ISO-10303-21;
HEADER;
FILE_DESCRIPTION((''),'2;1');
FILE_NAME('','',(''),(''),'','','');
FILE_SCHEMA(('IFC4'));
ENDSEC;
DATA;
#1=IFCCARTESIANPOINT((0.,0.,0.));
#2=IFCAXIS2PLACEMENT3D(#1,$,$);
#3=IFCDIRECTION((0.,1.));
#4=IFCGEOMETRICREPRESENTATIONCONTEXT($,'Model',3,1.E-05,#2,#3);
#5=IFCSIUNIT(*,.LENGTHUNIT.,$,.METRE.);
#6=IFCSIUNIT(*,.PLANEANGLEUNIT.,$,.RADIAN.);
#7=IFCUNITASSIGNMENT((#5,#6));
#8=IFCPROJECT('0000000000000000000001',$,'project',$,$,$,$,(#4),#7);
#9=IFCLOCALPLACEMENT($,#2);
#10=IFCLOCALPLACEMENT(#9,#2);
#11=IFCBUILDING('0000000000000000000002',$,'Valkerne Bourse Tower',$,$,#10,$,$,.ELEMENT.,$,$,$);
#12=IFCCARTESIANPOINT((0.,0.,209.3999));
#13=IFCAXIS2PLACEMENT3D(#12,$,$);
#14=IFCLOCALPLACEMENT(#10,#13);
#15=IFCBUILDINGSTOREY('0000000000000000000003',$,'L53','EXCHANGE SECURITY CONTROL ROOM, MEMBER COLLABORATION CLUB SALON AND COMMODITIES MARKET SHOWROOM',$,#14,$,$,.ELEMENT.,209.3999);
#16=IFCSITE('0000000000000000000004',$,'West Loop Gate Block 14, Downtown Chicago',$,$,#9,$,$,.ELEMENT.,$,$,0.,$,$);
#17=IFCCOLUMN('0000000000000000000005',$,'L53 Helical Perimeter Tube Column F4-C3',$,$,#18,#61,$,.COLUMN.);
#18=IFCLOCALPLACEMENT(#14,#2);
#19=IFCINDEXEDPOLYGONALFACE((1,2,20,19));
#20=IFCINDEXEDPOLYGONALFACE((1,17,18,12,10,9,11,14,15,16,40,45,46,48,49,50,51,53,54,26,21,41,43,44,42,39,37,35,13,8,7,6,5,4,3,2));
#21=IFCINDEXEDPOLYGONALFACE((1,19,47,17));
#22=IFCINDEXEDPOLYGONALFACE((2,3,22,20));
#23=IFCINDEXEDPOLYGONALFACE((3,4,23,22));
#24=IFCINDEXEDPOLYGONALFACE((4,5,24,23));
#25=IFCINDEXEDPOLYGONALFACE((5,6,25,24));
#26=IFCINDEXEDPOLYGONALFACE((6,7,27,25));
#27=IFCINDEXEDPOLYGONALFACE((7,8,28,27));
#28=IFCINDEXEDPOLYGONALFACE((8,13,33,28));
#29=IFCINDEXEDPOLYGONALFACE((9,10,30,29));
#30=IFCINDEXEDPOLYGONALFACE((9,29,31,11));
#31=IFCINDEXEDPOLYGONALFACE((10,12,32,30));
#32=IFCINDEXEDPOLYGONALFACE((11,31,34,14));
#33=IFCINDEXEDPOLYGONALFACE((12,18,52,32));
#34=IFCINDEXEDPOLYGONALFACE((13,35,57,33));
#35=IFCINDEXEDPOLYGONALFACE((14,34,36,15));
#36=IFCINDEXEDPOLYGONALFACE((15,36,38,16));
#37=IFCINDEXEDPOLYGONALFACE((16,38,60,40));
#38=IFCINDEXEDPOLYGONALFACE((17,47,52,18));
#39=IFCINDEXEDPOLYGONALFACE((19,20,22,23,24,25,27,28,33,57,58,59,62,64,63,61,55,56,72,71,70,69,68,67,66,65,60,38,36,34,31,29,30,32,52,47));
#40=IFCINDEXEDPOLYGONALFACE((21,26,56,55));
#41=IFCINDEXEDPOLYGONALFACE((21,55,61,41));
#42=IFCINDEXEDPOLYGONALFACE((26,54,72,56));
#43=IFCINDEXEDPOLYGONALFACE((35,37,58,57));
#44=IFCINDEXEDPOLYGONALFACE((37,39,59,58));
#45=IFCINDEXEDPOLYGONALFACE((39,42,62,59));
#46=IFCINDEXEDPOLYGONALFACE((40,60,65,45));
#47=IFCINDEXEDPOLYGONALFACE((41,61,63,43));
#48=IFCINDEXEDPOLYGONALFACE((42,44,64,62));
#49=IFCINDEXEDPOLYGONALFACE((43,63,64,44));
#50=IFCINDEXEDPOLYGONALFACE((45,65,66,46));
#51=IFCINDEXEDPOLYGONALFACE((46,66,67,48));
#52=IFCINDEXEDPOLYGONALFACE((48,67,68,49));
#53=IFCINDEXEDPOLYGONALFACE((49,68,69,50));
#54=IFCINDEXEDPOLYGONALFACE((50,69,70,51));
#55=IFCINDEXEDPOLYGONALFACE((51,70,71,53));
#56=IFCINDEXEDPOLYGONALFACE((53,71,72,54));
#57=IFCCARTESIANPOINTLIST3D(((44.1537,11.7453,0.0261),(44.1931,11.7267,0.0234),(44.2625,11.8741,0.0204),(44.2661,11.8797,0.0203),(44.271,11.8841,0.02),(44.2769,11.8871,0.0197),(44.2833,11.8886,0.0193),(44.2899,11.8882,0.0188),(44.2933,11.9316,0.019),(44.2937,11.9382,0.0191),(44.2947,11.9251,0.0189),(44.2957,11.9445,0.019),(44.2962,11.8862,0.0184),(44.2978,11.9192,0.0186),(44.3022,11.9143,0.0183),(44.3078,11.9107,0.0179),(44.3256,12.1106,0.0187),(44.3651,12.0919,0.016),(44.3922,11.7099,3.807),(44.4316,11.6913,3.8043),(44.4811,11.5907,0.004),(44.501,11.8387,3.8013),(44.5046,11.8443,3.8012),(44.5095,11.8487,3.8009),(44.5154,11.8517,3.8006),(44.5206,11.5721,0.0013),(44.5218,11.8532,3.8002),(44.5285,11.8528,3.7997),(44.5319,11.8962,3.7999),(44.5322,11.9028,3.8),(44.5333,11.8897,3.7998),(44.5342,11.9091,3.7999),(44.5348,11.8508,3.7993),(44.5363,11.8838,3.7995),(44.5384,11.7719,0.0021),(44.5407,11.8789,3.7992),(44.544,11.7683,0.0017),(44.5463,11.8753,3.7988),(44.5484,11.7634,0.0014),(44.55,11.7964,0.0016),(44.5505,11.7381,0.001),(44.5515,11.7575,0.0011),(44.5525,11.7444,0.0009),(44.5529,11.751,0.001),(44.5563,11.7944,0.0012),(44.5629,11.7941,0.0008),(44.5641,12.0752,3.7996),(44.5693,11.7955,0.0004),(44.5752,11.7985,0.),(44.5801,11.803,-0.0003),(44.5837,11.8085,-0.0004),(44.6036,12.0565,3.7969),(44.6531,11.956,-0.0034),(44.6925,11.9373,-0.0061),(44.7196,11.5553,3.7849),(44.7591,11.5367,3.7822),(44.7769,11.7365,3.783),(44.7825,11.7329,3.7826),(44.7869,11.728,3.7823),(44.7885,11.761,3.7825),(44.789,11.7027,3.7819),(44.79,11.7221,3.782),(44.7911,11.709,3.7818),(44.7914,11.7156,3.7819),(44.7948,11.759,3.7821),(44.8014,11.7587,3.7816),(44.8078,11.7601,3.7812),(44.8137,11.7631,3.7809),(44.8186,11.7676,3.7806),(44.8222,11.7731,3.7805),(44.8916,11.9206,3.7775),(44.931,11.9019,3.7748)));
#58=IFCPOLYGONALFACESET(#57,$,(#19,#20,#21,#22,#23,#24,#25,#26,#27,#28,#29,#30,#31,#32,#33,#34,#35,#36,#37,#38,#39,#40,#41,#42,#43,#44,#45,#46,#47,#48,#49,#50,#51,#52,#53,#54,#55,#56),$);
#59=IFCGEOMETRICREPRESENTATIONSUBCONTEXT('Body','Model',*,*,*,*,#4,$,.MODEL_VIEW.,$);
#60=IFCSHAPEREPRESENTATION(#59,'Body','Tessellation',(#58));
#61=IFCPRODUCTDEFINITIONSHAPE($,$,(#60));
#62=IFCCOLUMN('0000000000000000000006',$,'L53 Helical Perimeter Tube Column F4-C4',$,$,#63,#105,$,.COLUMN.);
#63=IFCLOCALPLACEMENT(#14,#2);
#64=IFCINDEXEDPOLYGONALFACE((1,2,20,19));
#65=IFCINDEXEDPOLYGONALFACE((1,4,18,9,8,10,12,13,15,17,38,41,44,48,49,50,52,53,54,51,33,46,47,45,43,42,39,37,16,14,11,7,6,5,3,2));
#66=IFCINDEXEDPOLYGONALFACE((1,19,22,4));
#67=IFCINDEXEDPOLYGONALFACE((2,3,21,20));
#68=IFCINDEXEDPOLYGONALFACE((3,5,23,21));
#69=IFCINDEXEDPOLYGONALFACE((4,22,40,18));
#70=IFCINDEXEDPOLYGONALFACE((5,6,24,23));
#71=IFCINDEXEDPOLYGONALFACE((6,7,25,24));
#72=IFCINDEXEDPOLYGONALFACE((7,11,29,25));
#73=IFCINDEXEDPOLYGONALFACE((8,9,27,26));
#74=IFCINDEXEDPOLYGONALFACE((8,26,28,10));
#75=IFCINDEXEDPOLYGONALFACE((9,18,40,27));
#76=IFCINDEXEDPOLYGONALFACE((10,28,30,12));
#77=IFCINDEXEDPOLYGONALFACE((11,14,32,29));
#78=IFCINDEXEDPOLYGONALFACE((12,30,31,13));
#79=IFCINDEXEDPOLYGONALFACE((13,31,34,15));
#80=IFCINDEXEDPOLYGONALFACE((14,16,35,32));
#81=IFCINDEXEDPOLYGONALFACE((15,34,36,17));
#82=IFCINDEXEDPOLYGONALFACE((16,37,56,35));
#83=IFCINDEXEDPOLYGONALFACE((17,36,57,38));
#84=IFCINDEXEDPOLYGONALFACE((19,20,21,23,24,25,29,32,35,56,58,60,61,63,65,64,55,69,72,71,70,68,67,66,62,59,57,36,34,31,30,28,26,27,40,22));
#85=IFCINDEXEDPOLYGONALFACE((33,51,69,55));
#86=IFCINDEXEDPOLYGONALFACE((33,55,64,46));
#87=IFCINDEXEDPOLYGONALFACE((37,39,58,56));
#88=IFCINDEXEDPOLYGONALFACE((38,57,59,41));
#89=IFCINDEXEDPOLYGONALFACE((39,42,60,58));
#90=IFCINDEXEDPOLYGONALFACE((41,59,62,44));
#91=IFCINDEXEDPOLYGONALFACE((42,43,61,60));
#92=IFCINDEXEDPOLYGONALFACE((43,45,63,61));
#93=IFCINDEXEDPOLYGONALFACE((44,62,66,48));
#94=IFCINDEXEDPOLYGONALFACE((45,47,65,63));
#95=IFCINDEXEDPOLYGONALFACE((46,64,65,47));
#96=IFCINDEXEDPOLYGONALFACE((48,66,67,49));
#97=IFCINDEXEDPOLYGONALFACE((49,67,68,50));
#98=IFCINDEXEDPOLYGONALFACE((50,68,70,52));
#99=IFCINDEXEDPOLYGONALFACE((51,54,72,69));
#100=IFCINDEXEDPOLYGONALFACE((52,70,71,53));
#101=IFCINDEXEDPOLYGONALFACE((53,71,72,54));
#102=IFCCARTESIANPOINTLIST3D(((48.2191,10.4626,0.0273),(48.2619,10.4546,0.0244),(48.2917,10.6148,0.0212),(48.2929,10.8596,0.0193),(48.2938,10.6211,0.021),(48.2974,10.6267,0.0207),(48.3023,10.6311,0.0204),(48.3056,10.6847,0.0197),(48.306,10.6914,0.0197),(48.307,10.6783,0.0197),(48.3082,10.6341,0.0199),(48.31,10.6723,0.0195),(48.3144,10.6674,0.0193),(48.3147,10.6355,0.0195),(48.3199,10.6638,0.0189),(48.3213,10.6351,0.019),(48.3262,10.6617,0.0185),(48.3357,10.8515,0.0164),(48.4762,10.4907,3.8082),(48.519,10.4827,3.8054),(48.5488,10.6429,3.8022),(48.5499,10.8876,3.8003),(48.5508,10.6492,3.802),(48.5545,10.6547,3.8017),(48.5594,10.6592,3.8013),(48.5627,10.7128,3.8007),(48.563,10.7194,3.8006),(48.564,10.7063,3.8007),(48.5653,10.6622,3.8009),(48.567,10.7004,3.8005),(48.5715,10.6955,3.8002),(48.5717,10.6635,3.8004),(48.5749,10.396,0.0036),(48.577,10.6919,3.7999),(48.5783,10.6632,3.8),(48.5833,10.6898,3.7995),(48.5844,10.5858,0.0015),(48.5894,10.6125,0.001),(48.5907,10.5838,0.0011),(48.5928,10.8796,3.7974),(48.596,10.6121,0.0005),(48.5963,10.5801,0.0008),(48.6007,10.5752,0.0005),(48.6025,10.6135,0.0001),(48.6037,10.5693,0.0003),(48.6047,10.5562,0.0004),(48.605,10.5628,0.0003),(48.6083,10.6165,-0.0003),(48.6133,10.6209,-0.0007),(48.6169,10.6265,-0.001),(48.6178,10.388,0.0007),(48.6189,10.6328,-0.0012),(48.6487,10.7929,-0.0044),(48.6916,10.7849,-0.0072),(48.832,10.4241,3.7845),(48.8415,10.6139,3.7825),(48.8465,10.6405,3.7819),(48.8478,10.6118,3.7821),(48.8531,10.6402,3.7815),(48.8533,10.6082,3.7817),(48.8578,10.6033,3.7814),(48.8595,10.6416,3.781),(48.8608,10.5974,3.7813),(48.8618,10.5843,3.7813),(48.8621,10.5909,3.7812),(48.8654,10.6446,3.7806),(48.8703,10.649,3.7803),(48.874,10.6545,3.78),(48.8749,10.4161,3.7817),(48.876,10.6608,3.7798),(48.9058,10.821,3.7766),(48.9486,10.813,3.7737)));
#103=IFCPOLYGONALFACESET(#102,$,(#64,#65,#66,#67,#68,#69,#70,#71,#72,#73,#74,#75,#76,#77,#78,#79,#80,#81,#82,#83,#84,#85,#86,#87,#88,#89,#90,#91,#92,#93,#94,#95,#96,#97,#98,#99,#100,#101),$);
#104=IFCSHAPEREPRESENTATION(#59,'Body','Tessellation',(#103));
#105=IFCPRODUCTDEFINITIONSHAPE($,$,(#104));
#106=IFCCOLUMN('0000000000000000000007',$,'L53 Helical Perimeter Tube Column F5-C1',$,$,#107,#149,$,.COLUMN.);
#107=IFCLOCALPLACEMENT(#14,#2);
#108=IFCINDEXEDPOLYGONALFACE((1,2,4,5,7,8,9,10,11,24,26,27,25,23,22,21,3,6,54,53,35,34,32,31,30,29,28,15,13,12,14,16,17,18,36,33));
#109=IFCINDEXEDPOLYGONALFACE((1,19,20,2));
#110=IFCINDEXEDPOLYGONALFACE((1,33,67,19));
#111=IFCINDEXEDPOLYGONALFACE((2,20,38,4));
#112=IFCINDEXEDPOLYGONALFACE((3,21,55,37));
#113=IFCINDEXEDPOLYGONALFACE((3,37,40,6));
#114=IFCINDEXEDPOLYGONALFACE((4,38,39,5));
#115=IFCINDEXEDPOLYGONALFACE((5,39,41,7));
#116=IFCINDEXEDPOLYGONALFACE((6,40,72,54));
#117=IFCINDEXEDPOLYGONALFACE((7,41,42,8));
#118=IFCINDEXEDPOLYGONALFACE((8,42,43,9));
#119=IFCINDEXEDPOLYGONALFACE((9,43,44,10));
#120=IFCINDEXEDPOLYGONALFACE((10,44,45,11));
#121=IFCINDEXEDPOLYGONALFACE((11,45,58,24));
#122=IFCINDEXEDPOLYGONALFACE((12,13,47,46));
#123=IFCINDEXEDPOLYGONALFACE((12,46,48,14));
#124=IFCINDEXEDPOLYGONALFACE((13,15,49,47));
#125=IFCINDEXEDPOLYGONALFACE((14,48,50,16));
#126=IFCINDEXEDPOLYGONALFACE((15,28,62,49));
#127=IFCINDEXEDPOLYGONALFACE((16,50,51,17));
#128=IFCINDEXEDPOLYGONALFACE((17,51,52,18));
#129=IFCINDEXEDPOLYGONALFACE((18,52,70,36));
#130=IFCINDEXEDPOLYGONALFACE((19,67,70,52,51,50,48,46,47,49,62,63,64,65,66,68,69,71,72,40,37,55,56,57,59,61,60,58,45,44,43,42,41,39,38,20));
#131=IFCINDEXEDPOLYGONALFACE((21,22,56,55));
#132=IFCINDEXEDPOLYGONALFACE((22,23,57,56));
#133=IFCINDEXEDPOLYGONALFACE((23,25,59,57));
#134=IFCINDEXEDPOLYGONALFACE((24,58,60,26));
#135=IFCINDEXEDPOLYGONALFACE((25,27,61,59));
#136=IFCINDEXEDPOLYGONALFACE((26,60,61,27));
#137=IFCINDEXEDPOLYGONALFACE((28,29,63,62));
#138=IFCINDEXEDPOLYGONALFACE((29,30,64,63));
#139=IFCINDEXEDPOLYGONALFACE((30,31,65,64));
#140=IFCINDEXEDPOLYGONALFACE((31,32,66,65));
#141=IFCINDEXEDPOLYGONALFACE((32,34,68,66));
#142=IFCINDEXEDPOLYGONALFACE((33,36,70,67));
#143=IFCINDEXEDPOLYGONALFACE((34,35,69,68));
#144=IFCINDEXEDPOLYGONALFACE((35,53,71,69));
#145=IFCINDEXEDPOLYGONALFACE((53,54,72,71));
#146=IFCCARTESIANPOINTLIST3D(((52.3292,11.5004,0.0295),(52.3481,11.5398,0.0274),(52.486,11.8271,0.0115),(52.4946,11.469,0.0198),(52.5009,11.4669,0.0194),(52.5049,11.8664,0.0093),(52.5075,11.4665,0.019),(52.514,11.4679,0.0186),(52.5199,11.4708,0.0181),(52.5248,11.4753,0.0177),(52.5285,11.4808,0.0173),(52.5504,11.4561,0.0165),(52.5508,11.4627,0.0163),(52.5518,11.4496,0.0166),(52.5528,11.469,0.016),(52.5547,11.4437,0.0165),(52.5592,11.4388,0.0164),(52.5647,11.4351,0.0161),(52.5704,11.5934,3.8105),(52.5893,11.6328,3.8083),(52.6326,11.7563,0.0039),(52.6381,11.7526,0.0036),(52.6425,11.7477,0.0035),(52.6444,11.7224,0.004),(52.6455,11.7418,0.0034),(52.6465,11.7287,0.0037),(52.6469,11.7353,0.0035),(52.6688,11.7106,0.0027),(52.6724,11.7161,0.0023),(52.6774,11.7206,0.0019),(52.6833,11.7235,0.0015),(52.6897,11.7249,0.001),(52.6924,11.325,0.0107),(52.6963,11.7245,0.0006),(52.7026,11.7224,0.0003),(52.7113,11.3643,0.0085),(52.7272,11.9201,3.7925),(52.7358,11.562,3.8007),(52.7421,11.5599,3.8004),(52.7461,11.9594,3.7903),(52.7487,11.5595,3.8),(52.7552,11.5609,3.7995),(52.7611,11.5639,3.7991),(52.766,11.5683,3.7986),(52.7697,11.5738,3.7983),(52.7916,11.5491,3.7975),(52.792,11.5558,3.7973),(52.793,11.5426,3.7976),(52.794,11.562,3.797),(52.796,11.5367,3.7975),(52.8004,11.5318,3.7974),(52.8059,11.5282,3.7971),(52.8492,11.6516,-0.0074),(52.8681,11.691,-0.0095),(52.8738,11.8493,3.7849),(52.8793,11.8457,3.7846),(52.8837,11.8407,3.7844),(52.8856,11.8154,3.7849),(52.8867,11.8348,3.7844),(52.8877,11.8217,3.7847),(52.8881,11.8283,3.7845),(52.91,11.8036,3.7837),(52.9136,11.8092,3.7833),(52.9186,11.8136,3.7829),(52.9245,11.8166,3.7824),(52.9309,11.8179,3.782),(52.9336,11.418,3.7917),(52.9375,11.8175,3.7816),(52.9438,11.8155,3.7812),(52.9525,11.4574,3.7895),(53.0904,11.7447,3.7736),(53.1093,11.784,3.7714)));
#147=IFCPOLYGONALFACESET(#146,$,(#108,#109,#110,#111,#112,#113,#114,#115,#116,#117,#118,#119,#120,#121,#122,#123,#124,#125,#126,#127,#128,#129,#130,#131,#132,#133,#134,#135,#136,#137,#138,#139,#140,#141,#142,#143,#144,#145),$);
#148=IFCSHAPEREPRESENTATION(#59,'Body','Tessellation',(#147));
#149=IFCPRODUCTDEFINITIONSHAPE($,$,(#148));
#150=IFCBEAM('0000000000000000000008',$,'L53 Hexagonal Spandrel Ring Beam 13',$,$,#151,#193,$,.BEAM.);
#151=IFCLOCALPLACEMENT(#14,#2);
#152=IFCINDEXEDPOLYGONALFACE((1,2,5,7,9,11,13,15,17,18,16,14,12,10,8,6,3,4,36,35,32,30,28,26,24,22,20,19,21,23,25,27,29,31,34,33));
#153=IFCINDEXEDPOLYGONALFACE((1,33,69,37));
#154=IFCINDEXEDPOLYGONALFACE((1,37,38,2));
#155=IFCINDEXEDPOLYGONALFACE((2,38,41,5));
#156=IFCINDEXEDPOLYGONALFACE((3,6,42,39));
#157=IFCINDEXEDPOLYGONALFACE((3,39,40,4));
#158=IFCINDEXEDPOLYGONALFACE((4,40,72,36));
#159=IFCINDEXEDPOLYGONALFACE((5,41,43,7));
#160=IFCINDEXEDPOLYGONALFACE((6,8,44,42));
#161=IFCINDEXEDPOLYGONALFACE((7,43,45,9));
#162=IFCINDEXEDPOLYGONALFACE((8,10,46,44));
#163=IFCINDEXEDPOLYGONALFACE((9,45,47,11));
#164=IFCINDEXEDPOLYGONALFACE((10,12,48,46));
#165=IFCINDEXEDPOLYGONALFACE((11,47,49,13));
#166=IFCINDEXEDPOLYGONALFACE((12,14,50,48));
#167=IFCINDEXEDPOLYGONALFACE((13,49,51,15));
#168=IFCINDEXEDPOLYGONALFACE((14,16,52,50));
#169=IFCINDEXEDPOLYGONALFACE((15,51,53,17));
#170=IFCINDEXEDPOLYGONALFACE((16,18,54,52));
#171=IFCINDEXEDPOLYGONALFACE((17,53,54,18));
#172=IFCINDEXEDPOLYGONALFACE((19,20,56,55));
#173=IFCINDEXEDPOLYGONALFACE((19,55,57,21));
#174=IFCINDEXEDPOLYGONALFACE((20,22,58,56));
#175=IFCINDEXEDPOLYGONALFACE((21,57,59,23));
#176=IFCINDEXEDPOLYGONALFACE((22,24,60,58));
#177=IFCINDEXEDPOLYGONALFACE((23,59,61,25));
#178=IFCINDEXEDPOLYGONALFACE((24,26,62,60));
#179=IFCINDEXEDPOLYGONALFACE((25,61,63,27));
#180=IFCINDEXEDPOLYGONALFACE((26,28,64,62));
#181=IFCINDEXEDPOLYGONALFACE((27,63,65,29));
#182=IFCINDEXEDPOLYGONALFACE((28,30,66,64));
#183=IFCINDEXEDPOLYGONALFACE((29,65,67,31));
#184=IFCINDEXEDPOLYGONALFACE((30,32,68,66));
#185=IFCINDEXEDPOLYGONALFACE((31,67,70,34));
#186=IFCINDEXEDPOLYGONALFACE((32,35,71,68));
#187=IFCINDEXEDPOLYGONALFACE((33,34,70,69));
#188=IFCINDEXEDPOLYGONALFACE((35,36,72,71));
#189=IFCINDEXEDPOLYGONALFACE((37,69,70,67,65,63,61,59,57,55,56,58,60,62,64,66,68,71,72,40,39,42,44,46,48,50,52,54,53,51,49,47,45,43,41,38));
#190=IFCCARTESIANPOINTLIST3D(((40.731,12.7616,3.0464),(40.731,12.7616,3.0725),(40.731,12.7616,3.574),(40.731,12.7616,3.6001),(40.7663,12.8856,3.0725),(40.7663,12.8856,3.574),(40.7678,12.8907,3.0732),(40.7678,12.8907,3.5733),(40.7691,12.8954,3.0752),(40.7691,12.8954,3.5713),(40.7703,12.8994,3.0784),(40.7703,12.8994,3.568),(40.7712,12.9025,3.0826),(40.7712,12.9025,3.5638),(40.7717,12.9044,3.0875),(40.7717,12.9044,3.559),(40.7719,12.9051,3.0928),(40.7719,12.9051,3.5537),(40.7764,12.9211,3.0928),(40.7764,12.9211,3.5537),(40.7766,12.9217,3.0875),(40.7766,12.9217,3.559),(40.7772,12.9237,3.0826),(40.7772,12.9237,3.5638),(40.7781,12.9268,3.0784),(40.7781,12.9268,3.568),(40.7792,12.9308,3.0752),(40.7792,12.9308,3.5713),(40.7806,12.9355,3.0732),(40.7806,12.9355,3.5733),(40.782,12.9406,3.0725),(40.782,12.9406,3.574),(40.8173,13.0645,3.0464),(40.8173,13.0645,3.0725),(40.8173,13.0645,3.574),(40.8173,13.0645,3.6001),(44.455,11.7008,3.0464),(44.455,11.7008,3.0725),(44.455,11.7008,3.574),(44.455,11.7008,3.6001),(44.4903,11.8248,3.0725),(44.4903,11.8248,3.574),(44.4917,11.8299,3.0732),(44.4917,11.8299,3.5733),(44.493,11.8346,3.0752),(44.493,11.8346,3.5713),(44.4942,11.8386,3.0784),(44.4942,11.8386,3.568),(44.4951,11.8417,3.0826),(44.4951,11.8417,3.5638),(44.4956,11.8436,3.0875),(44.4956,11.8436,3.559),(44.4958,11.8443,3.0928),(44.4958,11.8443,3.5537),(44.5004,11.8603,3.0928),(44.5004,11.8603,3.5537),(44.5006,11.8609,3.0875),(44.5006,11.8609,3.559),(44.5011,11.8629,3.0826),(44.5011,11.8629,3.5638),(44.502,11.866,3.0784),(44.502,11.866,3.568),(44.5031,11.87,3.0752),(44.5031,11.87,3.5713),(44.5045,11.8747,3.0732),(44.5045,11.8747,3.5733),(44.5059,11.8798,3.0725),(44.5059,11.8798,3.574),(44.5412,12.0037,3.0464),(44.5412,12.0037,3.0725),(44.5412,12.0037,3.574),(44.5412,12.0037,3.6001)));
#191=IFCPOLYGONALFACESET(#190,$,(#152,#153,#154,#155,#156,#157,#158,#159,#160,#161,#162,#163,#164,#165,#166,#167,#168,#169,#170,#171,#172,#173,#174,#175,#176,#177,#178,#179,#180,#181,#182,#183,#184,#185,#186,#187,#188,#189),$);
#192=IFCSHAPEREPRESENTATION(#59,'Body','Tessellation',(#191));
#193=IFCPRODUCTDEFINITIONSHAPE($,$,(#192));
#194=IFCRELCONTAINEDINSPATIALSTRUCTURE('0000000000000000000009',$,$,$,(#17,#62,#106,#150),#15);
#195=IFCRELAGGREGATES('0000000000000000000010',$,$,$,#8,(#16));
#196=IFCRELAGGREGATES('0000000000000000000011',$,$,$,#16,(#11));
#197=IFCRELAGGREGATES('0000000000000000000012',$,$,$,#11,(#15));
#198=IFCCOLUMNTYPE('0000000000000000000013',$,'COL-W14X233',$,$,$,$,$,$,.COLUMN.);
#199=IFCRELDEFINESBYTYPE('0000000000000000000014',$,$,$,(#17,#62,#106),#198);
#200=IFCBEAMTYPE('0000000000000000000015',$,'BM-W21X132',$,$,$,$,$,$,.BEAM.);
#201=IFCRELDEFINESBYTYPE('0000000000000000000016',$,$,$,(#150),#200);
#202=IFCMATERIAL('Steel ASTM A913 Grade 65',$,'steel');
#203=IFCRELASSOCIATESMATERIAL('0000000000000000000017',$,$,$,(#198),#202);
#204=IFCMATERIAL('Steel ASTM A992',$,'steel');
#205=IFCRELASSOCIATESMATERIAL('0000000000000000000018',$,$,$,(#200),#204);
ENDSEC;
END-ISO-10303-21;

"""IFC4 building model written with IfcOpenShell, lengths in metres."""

from ifc_helpers import new_model, si_unit, direction, frame, origin, origin_2d, place, context, subcontext, project, spatial, i_section, extrude, material, material_profile, profile_set, type_object, element, save


model = new_model("IFC4")

# Units and contexts
model_context = context("Model", 3, precision=1e-05, world=origin(), true_north=direction((0.0, 1.0)))
body_context = subcontext(model_context, "Body", "Model", "MODEL_VIEW")
ifc_project = project(units=[si_unit("LENGTHUNIT", "METRE"), si_unit("PLANEANGLEUNIT", "RADIAN")], contexts=[model_context])

# Site, building, storey
site_placement = place(None, origin())
site = spatial("IfcSite", under=ifc_project, at=site_placement, Name="West Loop Gate Block 14, Downtown Chicago", CompositionType="ELEMENT", RefElevation=0.0)
building_placement = place(site_placement, origin())
building = spatial("IfcBuilding", under=site, at=building_placement, Name="Valkerne Bourse Tower", CompositionType="ELEMENT")
storey_placement = place(building_placement, frame((0.0, 0.0, 209.3999)))
storey = spatial("IfcBuildingStorey", under=building, at=storey_placement, Name="L53", Description="EXCHANGE SECURITY CONTROL ROOM, MEMBER COLLABORATION CLUB SALON AND COMMODITIES MARKET SHOWROOM", CompositionType="ELEMENT", Elevation=209.3999)

# Columns
ifc_material_1 = material(Name="Steel ASTM A913 Grade 65", Category="steel")
ifc_material_profile_1 = material_profile(ifc_material_1, i_section(OverallWidth=0.4038, OverallDepth=0.4065, WebThickness=0.0271, FlangeThickness=0.0437, FilletRadius=0.0254, at=origin_2d()), Name="W14X233")
ifc_profile_set_1 = profile_set([ifc_material_profile_1], Name="Steel ASTM A913 Grade 65")
column_type = type_object("IfcColumnType", Name="COL-W14X233", PredefinedType="COLUMN", material=ifc_profile_set_1)
column_placement = place(storey_placement, frame((44.4231, 11.8413, 0.01), z_axis=(0.062957, -0.009344, 0.997972), x_axis=(0.42586, 0.904602, -0.018396)))
element("IfcColumn", 1, at=column_placement, inside=storey, type_object=column_type, Name="L53 Helical Perimeter Tube Column F4-C3", PredefinedType="COLUMN", context=body_context, shape_type="SweptSolid", body=[
    extrude(i_section(OverallWidth=0.4038, OverallDepth=0.4065, WebThickness=0.0271, FlangeThickness=0.0437, FilletRadius=0.0254, at=origin_2d()), origin(), (0.0, 0.0, 1.0), 3.7886),
])
for number, where, z_axis, x_axis, name in (
    (2, (48.4553, 10.6238, 0.01), (0.067834, 0.007408, 0.997669), (0.182721, 0.982967, -0.019723), "L53 Helical Perimeter Tube Column F4-C4"),
    (3, (52.5986, 11.5957, 0.01), (0.063647, 0.024544, 0.997671), (-0.899498, 0.434421, 0.046697), "L53 Helical Perimeter Tube Column F5-C1"),
):
    element("IfcColumn", number, at=place(storey_placement, frame(where, z_axis=z_axis, x_axis=x_axis)), inside=storey, type_object=column_type, Name=name, PredefinedType="COLUMN", context=body_context, shape_type="SweptSolid", body=[
        extrude(i_section(OverallWidth=0.4038, OverallDepth=0.4065, WebThickness=0.0271, FlangeThickness=0.0437, FilletRadius=0.0254, at=origin_2d()), origin(), (0.0, 0.0, 1.0), 3.7898),
    ])

# Beam
ifc_material_2 = material(Name="Steel ASTM A992", Category="steel")
ifc_material_profile_2 = material_profile(ifc_material_2, i_section(OverallWidth=0.3149, OverallDepth=0.5537, WebThickness=0.0166, FlangeThickness=0.0261, FilletRadius=0.0203, at=origin_2d()), Name="W21X132")
ifc_profile_set_2 = profile_set([ifc_material_profile_2], Name="Steel ASTM A992")
beam_type_1 = type_object("IfcBeamType", Name="BM-W21X132", PredefinedType="BEAM", material=ifc_profile_set_2)
beam_1_placement = place(storey_placement, frame((40.7742, 12.9131, 3.3232), z_axis=(0.96174, -0.273963, 0.0), x_axis=(0.273963, 0.96174, 0.0)))
element("IfcBeam", 4, at=beam_1_placement, inside=storey, type_object=beam_type_1, Name="L53 Hexagonal Spandrel Ring Beam 13", PredefinedType="BEAM", context=body_context, shape_type="SweptSolid", body=[
    extrude(i_section(OverallWidth=0.3149, OverallDepth=0.5537, WebThickness=0.0166, FlangeThickness=0.0261, FilletRadius=0.0203, at=origin_2d()), origin(), (0.0, 0.0, 1.0), 3.8721),
])

save(model, "model.ifc")
